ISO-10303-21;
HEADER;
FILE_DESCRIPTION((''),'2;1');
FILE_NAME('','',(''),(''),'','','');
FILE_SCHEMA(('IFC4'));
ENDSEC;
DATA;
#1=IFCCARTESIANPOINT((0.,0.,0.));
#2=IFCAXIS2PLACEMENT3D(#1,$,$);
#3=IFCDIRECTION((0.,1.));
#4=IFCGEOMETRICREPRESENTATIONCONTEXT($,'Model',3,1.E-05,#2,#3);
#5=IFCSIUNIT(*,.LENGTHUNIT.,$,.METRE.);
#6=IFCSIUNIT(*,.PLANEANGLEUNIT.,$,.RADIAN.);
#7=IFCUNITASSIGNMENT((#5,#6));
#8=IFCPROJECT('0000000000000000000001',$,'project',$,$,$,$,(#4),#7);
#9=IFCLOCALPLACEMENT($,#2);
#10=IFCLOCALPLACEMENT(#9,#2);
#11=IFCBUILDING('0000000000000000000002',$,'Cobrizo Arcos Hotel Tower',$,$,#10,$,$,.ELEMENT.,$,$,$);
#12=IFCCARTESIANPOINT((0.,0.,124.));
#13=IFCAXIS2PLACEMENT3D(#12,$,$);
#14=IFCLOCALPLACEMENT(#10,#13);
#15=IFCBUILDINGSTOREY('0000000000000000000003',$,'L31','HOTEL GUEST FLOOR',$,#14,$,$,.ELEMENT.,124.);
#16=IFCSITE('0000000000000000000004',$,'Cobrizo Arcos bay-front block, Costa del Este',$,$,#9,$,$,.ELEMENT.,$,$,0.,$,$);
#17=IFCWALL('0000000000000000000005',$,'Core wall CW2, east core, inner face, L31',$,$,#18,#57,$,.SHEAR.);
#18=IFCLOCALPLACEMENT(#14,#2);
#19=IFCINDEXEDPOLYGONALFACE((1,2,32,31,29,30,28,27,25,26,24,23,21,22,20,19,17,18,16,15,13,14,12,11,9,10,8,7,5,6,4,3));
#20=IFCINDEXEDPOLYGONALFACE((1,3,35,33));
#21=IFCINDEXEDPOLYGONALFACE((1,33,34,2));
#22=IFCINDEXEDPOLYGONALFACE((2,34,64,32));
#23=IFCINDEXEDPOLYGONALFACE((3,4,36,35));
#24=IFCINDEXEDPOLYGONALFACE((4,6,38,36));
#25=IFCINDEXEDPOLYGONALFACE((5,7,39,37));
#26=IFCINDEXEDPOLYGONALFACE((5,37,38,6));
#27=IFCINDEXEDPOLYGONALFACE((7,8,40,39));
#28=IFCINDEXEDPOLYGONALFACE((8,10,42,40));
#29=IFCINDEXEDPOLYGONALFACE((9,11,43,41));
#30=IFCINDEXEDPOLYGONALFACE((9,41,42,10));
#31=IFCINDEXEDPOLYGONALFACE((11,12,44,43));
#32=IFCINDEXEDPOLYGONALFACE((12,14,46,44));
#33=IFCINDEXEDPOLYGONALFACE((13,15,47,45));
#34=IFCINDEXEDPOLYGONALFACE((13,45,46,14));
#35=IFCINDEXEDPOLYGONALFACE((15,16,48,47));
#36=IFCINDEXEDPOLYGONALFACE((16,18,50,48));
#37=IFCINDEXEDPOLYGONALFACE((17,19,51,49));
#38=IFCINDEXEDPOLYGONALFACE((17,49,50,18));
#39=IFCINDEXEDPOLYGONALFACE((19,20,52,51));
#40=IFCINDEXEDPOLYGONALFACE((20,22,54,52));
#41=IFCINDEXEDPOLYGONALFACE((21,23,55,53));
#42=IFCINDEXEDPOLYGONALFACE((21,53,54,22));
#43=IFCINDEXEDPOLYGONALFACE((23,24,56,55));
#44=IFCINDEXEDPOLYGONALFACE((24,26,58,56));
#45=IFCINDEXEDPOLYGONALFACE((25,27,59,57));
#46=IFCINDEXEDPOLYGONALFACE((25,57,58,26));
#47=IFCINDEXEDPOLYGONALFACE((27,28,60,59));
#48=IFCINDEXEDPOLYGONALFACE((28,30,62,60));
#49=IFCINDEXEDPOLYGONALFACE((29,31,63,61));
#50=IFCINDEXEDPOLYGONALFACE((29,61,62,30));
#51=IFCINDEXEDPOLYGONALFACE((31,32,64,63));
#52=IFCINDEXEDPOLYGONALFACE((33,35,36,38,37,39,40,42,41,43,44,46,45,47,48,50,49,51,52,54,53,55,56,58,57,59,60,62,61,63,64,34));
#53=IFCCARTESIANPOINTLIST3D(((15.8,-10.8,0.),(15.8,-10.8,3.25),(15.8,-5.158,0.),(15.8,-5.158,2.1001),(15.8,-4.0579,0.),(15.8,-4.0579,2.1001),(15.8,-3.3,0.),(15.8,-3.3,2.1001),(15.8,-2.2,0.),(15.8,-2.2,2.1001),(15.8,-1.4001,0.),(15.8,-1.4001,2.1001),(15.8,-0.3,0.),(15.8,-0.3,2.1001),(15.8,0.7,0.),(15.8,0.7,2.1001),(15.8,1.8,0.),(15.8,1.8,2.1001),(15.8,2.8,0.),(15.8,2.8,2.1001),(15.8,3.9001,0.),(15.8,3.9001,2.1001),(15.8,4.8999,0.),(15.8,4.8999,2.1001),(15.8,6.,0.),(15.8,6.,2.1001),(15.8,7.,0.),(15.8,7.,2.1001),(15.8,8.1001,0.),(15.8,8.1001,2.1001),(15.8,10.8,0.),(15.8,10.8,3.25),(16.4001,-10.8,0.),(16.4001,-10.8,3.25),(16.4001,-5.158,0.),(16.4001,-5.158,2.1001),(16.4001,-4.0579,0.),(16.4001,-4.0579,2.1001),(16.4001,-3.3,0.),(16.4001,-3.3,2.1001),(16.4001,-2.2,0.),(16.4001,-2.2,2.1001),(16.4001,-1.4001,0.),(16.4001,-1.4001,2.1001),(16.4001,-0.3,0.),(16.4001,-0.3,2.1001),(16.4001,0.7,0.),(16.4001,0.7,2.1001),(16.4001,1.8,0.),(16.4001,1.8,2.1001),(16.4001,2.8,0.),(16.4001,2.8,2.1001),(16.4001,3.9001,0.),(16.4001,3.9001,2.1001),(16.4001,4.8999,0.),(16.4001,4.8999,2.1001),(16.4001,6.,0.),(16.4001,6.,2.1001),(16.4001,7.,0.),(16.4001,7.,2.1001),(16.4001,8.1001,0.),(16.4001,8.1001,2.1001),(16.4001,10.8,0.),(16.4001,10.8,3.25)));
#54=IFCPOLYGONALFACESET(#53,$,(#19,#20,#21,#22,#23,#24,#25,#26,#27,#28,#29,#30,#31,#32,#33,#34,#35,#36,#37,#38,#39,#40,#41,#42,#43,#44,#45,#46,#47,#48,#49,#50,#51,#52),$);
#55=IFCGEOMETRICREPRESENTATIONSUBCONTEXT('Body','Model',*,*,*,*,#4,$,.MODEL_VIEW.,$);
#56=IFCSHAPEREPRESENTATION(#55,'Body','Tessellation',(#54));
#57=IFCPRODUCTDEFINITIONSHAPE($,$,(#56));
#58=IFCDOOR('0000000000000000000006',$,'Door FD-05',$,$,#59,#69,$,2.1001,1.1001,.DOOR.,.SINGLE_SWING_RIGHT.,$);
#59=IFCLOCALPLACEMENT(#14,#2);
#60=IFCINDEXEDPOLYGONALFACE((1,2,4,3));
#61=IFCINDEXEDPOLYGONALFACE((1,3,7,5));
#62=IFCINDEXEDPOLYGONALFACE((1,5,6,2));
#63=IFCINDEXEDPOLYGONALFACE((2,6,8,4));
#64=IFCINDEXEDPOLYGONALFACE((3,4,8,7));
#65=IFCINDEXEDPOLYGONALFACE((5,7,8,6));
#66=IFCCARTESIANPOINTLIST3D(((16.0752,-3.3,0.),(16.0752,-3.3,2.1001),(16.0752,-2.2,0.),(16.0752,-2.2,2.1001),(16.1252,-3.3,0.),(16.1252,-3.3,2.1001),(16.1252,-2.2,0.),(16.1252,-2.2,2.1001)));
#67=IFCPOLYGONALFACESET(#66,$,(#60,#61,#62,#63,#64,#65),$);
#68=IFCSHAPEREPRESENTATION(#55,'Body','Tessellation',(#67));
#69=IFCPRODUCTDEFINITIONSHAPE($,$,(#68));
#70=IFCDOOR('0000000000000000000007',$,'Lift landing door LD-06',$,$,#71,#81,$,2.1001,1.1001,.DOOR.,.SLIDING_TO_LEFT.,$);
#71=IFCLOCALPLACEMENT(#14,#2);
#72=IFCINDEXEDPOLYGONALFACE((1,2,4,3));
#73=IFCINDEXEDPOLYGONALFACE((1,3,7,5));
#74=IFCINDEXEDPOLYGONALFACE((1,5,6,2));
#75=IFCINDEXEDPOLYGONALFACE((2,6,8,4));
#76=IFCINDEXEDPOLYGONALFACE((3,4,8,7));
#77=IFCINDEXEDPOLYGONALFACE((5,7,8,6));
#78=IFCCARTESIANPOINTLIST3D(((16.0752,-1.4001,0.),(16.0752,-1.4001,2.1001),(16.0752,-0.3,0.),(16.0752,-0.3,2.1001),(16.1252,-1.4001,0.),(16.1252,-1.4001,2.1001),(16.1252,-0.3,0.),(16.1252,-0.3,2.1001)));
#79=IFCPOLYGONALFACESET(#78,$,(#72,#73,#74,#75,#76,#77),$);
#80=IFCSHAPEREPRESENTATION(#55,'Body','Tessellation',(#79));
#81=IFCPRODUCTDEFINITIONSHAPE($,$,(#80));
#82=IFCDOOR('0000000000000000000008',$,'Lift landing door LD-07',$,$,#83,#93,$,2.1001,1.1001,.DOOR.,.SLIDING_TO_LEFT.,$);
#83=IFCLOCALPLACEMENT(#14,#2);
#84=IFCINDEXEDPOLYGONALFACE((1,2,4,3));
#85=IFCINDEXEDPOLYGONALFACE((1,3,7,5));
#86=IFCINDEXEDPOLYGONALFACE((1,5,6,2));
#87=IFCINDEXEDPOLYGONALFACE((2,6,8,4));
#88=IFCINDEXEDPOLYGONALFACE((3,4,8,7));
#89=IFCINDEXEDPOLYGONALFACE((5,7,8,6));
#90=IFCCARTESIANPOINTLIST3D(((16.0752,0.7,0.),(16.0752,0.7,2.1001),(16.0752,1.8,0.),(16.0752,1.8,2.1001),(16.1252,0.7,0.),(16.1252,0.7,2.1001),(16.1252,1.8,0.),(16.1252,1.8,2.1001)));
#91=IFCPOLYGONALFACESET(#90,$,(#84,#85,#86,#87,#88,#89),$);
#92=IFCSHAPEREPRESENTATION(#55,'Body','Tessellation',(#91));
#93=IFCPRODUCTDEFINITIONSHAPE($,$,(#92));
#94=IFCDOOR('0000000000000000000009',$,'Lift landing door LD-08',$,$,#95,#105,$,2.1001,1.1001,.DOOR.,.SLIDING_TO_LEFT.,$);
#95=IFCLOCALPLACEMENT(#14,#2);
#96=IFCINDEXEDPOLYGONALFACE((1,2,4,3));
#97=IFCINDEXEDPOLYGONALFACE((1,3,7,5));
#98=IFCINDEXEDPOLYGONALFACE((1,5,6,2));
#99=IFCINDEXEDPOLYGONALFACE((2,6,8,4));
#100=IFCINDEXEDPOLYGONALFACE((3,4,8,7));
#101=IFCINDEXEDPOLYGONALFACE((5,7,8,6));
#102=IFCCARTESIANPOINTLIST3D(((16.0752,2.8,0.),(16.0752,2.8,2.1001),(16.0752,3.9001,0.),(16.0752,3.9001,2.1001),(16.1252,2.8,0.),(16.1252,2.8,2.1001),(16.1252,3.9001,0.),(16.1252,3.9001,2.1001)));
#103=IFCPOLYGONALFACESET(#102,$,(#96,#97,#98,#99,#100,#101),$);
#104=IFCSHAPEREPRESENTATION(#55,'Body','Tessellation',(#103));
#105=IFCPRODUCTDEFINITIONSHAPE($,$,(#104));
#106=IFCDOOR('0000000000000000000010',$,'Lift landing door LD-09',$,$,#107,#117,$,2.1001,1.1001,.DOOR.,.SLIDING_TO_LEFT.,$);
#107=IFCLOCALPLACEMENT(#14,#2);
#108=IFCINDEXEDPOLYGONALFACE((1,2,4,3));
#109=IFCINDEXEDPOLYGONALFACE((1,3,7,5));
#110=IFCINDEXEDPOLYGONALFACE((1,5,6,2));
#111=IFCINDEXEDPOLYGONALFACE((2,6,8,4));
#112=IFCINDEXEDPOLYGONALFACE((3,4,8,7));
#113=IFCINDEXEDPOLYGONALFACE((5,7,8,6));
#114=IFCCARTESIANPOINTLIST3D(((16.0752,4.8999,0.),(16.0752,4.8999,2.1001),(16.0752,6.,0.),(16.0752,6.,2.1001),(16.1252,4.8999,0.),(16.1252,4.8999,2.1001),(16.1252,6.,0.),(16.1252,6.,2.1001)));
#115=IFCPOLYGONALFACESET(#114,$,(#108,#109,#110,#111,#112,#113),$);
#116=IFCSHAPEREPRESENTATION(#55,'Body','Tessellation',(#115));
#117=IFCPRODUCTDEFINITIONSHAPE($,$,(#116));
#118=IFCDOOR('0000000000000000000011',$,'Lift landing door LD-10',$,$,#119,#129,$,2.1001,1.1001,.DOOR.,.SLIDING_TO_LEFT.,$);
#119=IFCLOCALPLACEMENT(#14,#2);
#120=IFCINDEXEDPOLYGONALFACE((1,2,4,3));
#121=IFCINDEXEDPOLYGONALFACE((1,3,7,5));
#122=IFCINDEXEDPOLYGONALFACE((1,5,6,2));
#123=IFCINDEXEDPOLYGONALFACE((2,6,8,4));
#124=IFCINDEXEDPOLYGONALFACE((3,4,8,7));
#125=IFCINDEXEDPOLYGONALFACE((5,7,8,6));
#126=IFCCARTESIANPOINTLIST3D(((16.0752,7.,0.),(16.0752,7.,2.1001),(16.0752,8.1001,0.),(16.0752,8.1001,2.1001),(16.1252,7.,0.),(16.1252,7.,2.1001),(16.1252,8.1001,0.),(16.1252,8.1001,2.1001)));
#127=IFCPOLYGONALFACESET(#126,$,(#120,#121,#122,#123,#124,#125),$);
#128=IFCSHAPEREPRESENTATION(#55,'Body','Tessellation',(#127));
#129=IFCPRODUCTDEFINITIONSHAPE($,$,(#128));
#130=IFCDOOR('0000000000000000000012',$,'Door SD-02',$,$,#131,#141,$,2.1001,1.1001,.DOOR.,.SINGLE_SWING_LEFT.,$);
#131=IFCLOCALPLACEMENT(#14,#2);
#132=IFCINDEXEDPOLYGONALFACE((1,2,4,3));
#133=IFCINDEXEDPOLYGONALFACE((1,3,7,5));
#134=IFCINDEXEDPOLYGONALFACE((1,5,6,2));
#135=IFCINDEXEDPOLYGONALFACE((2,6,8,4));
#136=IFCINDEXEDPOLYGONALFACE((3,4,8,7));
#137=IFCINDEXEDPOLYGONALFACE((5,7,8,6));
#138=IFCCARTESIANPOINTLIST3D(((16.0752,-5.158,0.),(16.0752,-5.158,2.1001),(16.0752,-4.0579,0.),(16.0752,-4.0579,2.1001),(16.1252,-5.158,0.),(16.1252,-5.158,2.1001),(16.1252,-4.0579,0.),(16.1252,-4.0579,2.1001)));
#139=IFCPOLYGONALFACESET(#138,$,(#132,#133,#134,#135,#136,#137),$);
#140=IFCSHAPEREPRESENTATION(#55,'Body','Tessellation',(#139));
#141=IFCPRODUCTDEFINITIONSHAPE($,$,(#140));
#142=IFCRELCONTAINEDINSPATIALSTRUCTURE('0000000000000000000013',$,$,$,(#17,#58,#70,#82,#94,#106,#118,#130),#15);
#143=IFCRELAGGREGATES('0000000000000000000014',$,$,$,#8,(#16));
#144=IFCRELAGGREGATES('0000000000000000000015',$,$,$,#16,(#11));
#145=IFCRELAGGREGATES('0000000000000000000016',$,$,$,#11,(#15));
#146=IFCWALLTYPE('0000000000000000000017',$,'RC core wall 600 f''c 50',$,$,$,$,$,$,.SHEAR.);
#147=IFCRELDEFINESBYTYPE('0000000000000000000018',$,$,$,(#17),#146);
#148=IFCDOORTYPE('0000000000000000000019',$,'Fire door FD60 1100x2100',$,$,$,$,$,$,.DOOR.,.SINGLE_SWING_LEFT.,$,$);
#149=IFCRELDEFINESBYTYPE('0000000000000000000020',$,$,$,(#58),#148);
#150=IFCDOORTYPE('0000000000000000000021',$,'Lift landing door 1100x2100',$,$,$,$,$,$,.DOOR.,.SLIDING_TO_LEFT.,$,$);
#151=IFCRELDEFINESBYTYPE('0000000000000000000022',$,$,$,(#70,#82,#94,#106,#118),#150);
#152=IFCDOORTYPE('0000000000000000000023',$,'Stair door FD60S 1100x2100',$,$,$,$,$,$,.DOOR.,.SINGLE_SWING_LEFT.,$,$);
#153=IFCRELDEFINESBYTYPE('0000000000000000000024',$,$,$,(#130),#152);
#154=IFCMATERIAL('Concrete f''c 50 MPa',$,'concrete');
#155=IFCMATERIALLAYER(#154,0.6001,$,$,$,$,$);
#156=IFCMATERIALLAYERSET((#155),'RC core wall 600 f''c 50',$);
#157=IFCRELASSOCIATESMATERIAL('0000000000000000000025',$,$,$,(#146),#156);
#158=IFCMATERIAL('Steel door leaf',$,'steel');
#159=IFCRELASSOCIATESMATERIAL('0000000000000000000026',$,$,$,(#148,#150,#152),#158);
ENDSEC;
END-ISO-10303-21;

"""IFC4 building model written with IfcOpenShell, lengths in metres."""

from ifc_helpers import new_model, si_unit, direction, frame, frame_2d, origin, place, context, subcontext, project, spatial, rectangle, extrude, material, layer, layer_set, type_object, element, fill, save


model = new_model("IFC4")

# Units and contexts
model_context = context("Model", 3, precision=1e-05, world=origin(), true_north=direction((0.0, 1.0)))
body_context = subcontext(model_context, "Body", "Model", "MODEL_VIEW")
ifc_project = project(units=[si_unit("LENGTHUNIT", "METRE"), si_unit("PLANEANGLEUNIT", "RADIAN")], contexts=[model_context])

# Site, building, storey
site_placement = place(None, origin())
site = spatial("IfcSite", under=ifc_project, at=site_placement, Name="Cobrizo Arcos bay-front block, Costa del Este", CompositionType="ELEMENT", RefElevation=0.0)
building_placement = place(site_placement, origin())
building = spatial("IfcBuilding", under=site, at=building_placement, Name="Cobrizo Arcos Hotel Tower", CompositionType="ELEMENT")
storey_placement = place(building_placement, frame((0.0, 0.0, 124.0)))
storey = spatial("IfcBuildingStorey", under=building, at=storey_placement, Name="L31", Description="HOTEL GUEST FLOOR", CompositionType="ELEMENT", Elevation=124.0)

# Wall, openings, doors
ifc_material_1 = material(Name="Concrete f'c 50 MPa", Category="concrete")
ifc_layer_1 = layer(ifc_material_1, 0.6001)
ifc_layer_set_1 = layer_set([ifc_layer_1], Name="RC core wall 600 f'c 50")
wall_type_1 = type_object("IfcWallType", Name="RC core wall 600 f'c 50", PredefinedType="SHEAR", material=ifc_layer_set_1)
wall_1_placement = place(storey_placement, frame((16.1001, -10.8, 0.0), z_axis=(0.0, 0.0, 1.0), x_axis=(0.0, 1.0, 0.0)))
wall_1 = element("IfcWall", 1, at=wall_1_placement, inside=storey, type_object=wall_type_1, Name="Core wall CW2, east core, inner face, L31", PredefinedType="SHEAR", context=body_context, shape_type="SweptSolid", body=[
    extrude(rectangle(XDim=21.6001, YDim=0.6001, at=frame_2d((10.8, 0.0))), origin(), (0.0, 0.0, 1.0), 3.25),
])
opening_1_placement = place(wall_1_placement, frame((9.3999, 0.0, 0.0)))
opening_1 = element("IfcOpeningElement", 2, at=opening_1_placement, cuts=wall_1, PredefinedType="OPENING", context=body_context, shape_type="SweptSolid", body=[
    extrude(rectangle(XDim=1.1001, YDim=2.1001, at=frame_2d((0.55, 1.05))), frame((0.0, 0.312, 0.0), z_axis=(0.0, -1.0, 0.0), x_axis=(1.0, 0.0, 0.0)), (0.0, 0.0, 1.0), 0.624),
])
opening_2_placement = place(wall_1_placement, frame((11.5, 0.0, 0.0)))
opening_2 = element("IfcOpeningElement", 3, at=opening_2_placement, cuts=wall_1, PredefinedType="OPENING", context=body_context, shape_type="SweptSolid", body=[
    extrude(rectangle(XDim=1.1001, YDim=2.1001, at=frame_2d((0.55, 1.05))), frame((0.0, 0.312, 0.0), z_axis=(0.0, -1.0, 0.0), x_axis=(1.0, 0.0, 0.0)), (0.0, 0.0, 1.0), 0.624),
])
opening_3_placement = place(wall_1_placement, frame((13.6001, 0.0, 0.0)))
opening_3 = element("IfcOpeningElement", 4, at=opening_3_placement, cuts=wall_1, PredefinedType="OPENING", context=body_context, shape_type="SweptSolid", body=[
    extrude(rectangle(XDim=1.1001, YDim=2.1001, at=frame_2d((0.55, 1.05))), frame((0.0, 0.312, 0.0), z_axis=(0.0, -1.0, 0.0), x_axis=(1.0, 0.0, 0.0)), (0.0, 0.0, 1.0), 0.624),
])
opening_4_placement = place(wall_1_placement, frame((15.7, 0.0, 0.0)))
opening_4 = element("IfcOpeningElement", 5, at=opening_4_placement, cuts=wall_1, PredefinedType="OPENING", context=body_context, shape_type="SweptSolid", body=[
    extrude(rectangle(XDim=1.1001, YDim=2.1001, at=frame_2d((0.55, 1.05))), frame((0.0, 0.312, 0.0), z_axis=(0.0, -1.0, 0.0), x_axis=(1.0, 0.0, 0.0)), (0.0, 0.0, 1.0), 0.624),
])
opening_5_placement = place(wall_1_placement, frame((17.8, 0.0, 0.0)))
opening_5 = element("IfcOpeningElement", 6, at=opening_5_placement, cuts=wall_1, PredefinedType="OPENING", context=body_context, shape_type="SweptSolid", body=[
    extrude(rectangle(XDim=1.1001, YDim=2.1001, at=frame_2d((0.55, 1.05))), frame((0.0, 0.312, 0.0), z_axis=(0.0, -1.0, 0.0), x_axis=(1.0, 0.0, 0.0)), (0.0, 0.0, 1.0), 0.624),
])
opening_6_placement = place(wall_1_placement, frame((5.6421, 0.0, 0.0)))
opening_6 = element("IfcOpeningElement", 7, at=opening_6_placement, cuts=wall_1, PredefinedType="OPENING", context=body_context, shape_type="SweptSolid", body=[
    extrude(rectangle(XDim=1.1001, YDim=2.1001, at=frame_2d((0.55, 1.05))), frame((0.0, 0.312, 0.0), z_axis=(0.0, -1.0, 0.0), x_axis=(1.0, 0.0, 0.0)), (0.0, 0.0, 1.0), 0.624),
])
opening_7_placement = place(wall_1_placement, frame((7.5, 0.0, 0.0)))
opening_7 = element("IfcOpeningElement", 8, at=opening_7_placement, cuts=wall_1, PredefinedType="OPENING", context=body_context, shape_type="SweptSolid", body=[
    extrude(rectangle(XDim=1.1001, YDim=2.1001, at=frame_2d((0.55, 1.05))), frame((0.0, 0.312, 0.0), z_axis=(0.0, -1.0, 0.0), x_axis=(1.0, 0.0, 0.0)), (0.0, 0.0, 1.0), 0.624),
])
ifc_material_2 = material(Name="Steel door leaf", Category="steel")
door_type_1 = type_object("IfcDoorType", Name="Fire door FD60 1100x2100", OperationType="SINGLE_SWING_LEFT", PredefinedType="DOOR", material=ifc_material_2)
door_1_placement = place(opening_7_placement, origin())
door_1 = element("IfcDoor", 9, at=door_1_placement, inside=storey, type_object=door_type_1, Name="Door FD-05", OperationType="SINGLE_SWING_RIGHT", OverallHeight=2.1001, OverallWidth=1.1001, PredefinedType="DOOR", context=body_context, shape_type="SweptSolid", body=[
    extrude(rectangle(XDim=1.1001, YDim=2.1001, at=frame_2d((0.55, 1.05))), frame((0.0, 0.0249, 0.0), z_axis=(0.0, -1.0, 0.0), x_axis=(1.0, 0.0, 0.0)), (0.0, 0.0, 1.0), 0.05),
])
fill(opening_7, door_1)
door_type_2 = type_object("IfcDoorType", Name="Lift landing door 1100x2100", OperationType="SLIDING_TO_LEFT", PredefinedType="DOOR", material=ifc_material_2)
door_2_placement = place(opening_1_placement, origin())
door_2 = element("IfcDoor", 10, at=door_2_placement, inside=storey, type_object=door_type_2, Name="Lift landing door LD-06", OperationType="SLIDING_TO_LEFT", OverallHeight=2.1001, OverallWidth=1.1001, PredefinedType="DOOR", context=body_context, shape_type="SweptSolid", body=[
    extrude(rectangle(XDim=1.1001, YDim=2.1001, at=frame_2d((0.55, 1.05))), frame((0.0, 0.0249, 0.0), z_axis=(0.0, -1.0, 0.0), x_axis=(1.0, 0.0, 0.0)), (0.0, 0.0, 1.0), 0.05),
])
fill(opening_1, door_2)
door_3_placement = place(opening_2_placement, origin())
door_3 = element("IfcDoor", 11, at=door_3_placement, inside=storey, type_object=door_type_2, Name="Lift landing door LD-07", OperationType="SLIDING_TO_LEFT", OverallHeight=2.1001, OverallWidth=1.1001, PredefinedType="DOOR", context=body_context, shape_type="SweptSolid", body=[
    extrude(rectangle(XDim=1.1001, YDim=2.1001, at=frame_2d((0.55, 1.05))), frame((0.0, 0.0249, 0.0), z_axis=(0.0, -1.0, 0.0), x_axis=(1.0, 0.0, 0.0)), (0.0, 0.0, 1.0), 0.05),
])
fill(opening_2, door_3)
door_4_placement = place(opening_3_placement, origin())
door_4 = element("IfcDoor", 12, at=door_4_placement, inside=storey, type_object=door_type_2, Name="Lift landing door LD-08", OperationType="SLIDING_TO_LEFT", OverallHeight=2.1001, OverallWidth=1.1001, PredefinedType="DOOR", context=body_context, shape_type="SweptSolid", body=[
    extrude(rectangle(XDim=1.1001, YDim=2.1001, at=frame_2d((0.55, 1.05))), frame((0.0, 0.0249, 0.0), z_axis=(0.0, -1.0, 0.0), x_axis=(1.0, 0.0, 0.0)), (0.0, 0.0, 1.0), 0.05),
])
fill(opening_3, door_4)
door_5_placement = place(opening_4_placement, origin())
door_5 = element("IfcDoor", 13, at=door_5_placement, inside=storey, type_object=door_type_2, Name="Lift landing door LD-09", OperationType="SLIDING_TO_LEFT", OverallHeight=2.1001, OverallWidth=1.1001, PredefinedType="DOOR", context=body_context, shape_type="SweptSolid", body=[
    extrude(rectangle(XDim=1.1001, YDim=2.1001, at=frame_2d((0.55, 1.05))), frame((0.0, 0.0249, 0.0), z_axis=(0.0, -1.0, 0.0), x_axis=(1.0, 0.0, 0.0)), (0.0, 0.0, 1.0), 0.05),
])
fill(opening_4, door_5)
door_6_placement = place(opening_5_placement, origin())
door_6 = element("IfcDoor", 14, at=door_6_placement, inside=storey, type_object=door_type_2, Name="Lift landing door LD-10", OperationType="SLIDING_TO_LEFT", OverallHeight=2.1001, OverallWidth=1.1001, PredefinedType="DOOR", context=body_context, shape_type="SweptSolid", body=[
    extrude(rectangle(XDim=1.1001, YDim=2.1001, at=frame_2d((0.55, 1.05))), frame((0.0, 0.0249, 0.0), z_axis=(0.0, -1.0, 0.0), x_axis=(1.0, 0.0, 0.0)), (0.0, 0.0, 1.0), 0.05),
])
fill(opening_5, door_6)
door_type_3 = type_object("IfcDoorType", Name="Stair door FD60S 1100x2100", OperationType="SINGLE_SWING_LEFT", PredefinedType="DOOR", material=ifc_material_2)
door_7_placement = place(opening_6_placement, origin())
door_7 = element("IfcDoor", 15, at=door_7_placement, inside=storey, type_object=door_type_3, Name="Door SD-02", OperationType="SINGLE_SWING_LEFT", OverallHeight=2.1001, OverallWidth=1.1001, PredefinedType="DOOR", context=body_context, shape_type="SweptSolid", body=[
    extrude(rectangle(XDim=1.1001, YDim=2.1001, at=frame_2d((0.55, 1.05))), frame((0.0, 0.0249, 0.0), z_axis=(0.0, -1.0, 0.0), x_axis=(1.0, 0.0, 0.0)), (0.0, 0.0, 1.0), 0.05),
])
fill(opening_6, door_7)

save(model, "model.ifc")
